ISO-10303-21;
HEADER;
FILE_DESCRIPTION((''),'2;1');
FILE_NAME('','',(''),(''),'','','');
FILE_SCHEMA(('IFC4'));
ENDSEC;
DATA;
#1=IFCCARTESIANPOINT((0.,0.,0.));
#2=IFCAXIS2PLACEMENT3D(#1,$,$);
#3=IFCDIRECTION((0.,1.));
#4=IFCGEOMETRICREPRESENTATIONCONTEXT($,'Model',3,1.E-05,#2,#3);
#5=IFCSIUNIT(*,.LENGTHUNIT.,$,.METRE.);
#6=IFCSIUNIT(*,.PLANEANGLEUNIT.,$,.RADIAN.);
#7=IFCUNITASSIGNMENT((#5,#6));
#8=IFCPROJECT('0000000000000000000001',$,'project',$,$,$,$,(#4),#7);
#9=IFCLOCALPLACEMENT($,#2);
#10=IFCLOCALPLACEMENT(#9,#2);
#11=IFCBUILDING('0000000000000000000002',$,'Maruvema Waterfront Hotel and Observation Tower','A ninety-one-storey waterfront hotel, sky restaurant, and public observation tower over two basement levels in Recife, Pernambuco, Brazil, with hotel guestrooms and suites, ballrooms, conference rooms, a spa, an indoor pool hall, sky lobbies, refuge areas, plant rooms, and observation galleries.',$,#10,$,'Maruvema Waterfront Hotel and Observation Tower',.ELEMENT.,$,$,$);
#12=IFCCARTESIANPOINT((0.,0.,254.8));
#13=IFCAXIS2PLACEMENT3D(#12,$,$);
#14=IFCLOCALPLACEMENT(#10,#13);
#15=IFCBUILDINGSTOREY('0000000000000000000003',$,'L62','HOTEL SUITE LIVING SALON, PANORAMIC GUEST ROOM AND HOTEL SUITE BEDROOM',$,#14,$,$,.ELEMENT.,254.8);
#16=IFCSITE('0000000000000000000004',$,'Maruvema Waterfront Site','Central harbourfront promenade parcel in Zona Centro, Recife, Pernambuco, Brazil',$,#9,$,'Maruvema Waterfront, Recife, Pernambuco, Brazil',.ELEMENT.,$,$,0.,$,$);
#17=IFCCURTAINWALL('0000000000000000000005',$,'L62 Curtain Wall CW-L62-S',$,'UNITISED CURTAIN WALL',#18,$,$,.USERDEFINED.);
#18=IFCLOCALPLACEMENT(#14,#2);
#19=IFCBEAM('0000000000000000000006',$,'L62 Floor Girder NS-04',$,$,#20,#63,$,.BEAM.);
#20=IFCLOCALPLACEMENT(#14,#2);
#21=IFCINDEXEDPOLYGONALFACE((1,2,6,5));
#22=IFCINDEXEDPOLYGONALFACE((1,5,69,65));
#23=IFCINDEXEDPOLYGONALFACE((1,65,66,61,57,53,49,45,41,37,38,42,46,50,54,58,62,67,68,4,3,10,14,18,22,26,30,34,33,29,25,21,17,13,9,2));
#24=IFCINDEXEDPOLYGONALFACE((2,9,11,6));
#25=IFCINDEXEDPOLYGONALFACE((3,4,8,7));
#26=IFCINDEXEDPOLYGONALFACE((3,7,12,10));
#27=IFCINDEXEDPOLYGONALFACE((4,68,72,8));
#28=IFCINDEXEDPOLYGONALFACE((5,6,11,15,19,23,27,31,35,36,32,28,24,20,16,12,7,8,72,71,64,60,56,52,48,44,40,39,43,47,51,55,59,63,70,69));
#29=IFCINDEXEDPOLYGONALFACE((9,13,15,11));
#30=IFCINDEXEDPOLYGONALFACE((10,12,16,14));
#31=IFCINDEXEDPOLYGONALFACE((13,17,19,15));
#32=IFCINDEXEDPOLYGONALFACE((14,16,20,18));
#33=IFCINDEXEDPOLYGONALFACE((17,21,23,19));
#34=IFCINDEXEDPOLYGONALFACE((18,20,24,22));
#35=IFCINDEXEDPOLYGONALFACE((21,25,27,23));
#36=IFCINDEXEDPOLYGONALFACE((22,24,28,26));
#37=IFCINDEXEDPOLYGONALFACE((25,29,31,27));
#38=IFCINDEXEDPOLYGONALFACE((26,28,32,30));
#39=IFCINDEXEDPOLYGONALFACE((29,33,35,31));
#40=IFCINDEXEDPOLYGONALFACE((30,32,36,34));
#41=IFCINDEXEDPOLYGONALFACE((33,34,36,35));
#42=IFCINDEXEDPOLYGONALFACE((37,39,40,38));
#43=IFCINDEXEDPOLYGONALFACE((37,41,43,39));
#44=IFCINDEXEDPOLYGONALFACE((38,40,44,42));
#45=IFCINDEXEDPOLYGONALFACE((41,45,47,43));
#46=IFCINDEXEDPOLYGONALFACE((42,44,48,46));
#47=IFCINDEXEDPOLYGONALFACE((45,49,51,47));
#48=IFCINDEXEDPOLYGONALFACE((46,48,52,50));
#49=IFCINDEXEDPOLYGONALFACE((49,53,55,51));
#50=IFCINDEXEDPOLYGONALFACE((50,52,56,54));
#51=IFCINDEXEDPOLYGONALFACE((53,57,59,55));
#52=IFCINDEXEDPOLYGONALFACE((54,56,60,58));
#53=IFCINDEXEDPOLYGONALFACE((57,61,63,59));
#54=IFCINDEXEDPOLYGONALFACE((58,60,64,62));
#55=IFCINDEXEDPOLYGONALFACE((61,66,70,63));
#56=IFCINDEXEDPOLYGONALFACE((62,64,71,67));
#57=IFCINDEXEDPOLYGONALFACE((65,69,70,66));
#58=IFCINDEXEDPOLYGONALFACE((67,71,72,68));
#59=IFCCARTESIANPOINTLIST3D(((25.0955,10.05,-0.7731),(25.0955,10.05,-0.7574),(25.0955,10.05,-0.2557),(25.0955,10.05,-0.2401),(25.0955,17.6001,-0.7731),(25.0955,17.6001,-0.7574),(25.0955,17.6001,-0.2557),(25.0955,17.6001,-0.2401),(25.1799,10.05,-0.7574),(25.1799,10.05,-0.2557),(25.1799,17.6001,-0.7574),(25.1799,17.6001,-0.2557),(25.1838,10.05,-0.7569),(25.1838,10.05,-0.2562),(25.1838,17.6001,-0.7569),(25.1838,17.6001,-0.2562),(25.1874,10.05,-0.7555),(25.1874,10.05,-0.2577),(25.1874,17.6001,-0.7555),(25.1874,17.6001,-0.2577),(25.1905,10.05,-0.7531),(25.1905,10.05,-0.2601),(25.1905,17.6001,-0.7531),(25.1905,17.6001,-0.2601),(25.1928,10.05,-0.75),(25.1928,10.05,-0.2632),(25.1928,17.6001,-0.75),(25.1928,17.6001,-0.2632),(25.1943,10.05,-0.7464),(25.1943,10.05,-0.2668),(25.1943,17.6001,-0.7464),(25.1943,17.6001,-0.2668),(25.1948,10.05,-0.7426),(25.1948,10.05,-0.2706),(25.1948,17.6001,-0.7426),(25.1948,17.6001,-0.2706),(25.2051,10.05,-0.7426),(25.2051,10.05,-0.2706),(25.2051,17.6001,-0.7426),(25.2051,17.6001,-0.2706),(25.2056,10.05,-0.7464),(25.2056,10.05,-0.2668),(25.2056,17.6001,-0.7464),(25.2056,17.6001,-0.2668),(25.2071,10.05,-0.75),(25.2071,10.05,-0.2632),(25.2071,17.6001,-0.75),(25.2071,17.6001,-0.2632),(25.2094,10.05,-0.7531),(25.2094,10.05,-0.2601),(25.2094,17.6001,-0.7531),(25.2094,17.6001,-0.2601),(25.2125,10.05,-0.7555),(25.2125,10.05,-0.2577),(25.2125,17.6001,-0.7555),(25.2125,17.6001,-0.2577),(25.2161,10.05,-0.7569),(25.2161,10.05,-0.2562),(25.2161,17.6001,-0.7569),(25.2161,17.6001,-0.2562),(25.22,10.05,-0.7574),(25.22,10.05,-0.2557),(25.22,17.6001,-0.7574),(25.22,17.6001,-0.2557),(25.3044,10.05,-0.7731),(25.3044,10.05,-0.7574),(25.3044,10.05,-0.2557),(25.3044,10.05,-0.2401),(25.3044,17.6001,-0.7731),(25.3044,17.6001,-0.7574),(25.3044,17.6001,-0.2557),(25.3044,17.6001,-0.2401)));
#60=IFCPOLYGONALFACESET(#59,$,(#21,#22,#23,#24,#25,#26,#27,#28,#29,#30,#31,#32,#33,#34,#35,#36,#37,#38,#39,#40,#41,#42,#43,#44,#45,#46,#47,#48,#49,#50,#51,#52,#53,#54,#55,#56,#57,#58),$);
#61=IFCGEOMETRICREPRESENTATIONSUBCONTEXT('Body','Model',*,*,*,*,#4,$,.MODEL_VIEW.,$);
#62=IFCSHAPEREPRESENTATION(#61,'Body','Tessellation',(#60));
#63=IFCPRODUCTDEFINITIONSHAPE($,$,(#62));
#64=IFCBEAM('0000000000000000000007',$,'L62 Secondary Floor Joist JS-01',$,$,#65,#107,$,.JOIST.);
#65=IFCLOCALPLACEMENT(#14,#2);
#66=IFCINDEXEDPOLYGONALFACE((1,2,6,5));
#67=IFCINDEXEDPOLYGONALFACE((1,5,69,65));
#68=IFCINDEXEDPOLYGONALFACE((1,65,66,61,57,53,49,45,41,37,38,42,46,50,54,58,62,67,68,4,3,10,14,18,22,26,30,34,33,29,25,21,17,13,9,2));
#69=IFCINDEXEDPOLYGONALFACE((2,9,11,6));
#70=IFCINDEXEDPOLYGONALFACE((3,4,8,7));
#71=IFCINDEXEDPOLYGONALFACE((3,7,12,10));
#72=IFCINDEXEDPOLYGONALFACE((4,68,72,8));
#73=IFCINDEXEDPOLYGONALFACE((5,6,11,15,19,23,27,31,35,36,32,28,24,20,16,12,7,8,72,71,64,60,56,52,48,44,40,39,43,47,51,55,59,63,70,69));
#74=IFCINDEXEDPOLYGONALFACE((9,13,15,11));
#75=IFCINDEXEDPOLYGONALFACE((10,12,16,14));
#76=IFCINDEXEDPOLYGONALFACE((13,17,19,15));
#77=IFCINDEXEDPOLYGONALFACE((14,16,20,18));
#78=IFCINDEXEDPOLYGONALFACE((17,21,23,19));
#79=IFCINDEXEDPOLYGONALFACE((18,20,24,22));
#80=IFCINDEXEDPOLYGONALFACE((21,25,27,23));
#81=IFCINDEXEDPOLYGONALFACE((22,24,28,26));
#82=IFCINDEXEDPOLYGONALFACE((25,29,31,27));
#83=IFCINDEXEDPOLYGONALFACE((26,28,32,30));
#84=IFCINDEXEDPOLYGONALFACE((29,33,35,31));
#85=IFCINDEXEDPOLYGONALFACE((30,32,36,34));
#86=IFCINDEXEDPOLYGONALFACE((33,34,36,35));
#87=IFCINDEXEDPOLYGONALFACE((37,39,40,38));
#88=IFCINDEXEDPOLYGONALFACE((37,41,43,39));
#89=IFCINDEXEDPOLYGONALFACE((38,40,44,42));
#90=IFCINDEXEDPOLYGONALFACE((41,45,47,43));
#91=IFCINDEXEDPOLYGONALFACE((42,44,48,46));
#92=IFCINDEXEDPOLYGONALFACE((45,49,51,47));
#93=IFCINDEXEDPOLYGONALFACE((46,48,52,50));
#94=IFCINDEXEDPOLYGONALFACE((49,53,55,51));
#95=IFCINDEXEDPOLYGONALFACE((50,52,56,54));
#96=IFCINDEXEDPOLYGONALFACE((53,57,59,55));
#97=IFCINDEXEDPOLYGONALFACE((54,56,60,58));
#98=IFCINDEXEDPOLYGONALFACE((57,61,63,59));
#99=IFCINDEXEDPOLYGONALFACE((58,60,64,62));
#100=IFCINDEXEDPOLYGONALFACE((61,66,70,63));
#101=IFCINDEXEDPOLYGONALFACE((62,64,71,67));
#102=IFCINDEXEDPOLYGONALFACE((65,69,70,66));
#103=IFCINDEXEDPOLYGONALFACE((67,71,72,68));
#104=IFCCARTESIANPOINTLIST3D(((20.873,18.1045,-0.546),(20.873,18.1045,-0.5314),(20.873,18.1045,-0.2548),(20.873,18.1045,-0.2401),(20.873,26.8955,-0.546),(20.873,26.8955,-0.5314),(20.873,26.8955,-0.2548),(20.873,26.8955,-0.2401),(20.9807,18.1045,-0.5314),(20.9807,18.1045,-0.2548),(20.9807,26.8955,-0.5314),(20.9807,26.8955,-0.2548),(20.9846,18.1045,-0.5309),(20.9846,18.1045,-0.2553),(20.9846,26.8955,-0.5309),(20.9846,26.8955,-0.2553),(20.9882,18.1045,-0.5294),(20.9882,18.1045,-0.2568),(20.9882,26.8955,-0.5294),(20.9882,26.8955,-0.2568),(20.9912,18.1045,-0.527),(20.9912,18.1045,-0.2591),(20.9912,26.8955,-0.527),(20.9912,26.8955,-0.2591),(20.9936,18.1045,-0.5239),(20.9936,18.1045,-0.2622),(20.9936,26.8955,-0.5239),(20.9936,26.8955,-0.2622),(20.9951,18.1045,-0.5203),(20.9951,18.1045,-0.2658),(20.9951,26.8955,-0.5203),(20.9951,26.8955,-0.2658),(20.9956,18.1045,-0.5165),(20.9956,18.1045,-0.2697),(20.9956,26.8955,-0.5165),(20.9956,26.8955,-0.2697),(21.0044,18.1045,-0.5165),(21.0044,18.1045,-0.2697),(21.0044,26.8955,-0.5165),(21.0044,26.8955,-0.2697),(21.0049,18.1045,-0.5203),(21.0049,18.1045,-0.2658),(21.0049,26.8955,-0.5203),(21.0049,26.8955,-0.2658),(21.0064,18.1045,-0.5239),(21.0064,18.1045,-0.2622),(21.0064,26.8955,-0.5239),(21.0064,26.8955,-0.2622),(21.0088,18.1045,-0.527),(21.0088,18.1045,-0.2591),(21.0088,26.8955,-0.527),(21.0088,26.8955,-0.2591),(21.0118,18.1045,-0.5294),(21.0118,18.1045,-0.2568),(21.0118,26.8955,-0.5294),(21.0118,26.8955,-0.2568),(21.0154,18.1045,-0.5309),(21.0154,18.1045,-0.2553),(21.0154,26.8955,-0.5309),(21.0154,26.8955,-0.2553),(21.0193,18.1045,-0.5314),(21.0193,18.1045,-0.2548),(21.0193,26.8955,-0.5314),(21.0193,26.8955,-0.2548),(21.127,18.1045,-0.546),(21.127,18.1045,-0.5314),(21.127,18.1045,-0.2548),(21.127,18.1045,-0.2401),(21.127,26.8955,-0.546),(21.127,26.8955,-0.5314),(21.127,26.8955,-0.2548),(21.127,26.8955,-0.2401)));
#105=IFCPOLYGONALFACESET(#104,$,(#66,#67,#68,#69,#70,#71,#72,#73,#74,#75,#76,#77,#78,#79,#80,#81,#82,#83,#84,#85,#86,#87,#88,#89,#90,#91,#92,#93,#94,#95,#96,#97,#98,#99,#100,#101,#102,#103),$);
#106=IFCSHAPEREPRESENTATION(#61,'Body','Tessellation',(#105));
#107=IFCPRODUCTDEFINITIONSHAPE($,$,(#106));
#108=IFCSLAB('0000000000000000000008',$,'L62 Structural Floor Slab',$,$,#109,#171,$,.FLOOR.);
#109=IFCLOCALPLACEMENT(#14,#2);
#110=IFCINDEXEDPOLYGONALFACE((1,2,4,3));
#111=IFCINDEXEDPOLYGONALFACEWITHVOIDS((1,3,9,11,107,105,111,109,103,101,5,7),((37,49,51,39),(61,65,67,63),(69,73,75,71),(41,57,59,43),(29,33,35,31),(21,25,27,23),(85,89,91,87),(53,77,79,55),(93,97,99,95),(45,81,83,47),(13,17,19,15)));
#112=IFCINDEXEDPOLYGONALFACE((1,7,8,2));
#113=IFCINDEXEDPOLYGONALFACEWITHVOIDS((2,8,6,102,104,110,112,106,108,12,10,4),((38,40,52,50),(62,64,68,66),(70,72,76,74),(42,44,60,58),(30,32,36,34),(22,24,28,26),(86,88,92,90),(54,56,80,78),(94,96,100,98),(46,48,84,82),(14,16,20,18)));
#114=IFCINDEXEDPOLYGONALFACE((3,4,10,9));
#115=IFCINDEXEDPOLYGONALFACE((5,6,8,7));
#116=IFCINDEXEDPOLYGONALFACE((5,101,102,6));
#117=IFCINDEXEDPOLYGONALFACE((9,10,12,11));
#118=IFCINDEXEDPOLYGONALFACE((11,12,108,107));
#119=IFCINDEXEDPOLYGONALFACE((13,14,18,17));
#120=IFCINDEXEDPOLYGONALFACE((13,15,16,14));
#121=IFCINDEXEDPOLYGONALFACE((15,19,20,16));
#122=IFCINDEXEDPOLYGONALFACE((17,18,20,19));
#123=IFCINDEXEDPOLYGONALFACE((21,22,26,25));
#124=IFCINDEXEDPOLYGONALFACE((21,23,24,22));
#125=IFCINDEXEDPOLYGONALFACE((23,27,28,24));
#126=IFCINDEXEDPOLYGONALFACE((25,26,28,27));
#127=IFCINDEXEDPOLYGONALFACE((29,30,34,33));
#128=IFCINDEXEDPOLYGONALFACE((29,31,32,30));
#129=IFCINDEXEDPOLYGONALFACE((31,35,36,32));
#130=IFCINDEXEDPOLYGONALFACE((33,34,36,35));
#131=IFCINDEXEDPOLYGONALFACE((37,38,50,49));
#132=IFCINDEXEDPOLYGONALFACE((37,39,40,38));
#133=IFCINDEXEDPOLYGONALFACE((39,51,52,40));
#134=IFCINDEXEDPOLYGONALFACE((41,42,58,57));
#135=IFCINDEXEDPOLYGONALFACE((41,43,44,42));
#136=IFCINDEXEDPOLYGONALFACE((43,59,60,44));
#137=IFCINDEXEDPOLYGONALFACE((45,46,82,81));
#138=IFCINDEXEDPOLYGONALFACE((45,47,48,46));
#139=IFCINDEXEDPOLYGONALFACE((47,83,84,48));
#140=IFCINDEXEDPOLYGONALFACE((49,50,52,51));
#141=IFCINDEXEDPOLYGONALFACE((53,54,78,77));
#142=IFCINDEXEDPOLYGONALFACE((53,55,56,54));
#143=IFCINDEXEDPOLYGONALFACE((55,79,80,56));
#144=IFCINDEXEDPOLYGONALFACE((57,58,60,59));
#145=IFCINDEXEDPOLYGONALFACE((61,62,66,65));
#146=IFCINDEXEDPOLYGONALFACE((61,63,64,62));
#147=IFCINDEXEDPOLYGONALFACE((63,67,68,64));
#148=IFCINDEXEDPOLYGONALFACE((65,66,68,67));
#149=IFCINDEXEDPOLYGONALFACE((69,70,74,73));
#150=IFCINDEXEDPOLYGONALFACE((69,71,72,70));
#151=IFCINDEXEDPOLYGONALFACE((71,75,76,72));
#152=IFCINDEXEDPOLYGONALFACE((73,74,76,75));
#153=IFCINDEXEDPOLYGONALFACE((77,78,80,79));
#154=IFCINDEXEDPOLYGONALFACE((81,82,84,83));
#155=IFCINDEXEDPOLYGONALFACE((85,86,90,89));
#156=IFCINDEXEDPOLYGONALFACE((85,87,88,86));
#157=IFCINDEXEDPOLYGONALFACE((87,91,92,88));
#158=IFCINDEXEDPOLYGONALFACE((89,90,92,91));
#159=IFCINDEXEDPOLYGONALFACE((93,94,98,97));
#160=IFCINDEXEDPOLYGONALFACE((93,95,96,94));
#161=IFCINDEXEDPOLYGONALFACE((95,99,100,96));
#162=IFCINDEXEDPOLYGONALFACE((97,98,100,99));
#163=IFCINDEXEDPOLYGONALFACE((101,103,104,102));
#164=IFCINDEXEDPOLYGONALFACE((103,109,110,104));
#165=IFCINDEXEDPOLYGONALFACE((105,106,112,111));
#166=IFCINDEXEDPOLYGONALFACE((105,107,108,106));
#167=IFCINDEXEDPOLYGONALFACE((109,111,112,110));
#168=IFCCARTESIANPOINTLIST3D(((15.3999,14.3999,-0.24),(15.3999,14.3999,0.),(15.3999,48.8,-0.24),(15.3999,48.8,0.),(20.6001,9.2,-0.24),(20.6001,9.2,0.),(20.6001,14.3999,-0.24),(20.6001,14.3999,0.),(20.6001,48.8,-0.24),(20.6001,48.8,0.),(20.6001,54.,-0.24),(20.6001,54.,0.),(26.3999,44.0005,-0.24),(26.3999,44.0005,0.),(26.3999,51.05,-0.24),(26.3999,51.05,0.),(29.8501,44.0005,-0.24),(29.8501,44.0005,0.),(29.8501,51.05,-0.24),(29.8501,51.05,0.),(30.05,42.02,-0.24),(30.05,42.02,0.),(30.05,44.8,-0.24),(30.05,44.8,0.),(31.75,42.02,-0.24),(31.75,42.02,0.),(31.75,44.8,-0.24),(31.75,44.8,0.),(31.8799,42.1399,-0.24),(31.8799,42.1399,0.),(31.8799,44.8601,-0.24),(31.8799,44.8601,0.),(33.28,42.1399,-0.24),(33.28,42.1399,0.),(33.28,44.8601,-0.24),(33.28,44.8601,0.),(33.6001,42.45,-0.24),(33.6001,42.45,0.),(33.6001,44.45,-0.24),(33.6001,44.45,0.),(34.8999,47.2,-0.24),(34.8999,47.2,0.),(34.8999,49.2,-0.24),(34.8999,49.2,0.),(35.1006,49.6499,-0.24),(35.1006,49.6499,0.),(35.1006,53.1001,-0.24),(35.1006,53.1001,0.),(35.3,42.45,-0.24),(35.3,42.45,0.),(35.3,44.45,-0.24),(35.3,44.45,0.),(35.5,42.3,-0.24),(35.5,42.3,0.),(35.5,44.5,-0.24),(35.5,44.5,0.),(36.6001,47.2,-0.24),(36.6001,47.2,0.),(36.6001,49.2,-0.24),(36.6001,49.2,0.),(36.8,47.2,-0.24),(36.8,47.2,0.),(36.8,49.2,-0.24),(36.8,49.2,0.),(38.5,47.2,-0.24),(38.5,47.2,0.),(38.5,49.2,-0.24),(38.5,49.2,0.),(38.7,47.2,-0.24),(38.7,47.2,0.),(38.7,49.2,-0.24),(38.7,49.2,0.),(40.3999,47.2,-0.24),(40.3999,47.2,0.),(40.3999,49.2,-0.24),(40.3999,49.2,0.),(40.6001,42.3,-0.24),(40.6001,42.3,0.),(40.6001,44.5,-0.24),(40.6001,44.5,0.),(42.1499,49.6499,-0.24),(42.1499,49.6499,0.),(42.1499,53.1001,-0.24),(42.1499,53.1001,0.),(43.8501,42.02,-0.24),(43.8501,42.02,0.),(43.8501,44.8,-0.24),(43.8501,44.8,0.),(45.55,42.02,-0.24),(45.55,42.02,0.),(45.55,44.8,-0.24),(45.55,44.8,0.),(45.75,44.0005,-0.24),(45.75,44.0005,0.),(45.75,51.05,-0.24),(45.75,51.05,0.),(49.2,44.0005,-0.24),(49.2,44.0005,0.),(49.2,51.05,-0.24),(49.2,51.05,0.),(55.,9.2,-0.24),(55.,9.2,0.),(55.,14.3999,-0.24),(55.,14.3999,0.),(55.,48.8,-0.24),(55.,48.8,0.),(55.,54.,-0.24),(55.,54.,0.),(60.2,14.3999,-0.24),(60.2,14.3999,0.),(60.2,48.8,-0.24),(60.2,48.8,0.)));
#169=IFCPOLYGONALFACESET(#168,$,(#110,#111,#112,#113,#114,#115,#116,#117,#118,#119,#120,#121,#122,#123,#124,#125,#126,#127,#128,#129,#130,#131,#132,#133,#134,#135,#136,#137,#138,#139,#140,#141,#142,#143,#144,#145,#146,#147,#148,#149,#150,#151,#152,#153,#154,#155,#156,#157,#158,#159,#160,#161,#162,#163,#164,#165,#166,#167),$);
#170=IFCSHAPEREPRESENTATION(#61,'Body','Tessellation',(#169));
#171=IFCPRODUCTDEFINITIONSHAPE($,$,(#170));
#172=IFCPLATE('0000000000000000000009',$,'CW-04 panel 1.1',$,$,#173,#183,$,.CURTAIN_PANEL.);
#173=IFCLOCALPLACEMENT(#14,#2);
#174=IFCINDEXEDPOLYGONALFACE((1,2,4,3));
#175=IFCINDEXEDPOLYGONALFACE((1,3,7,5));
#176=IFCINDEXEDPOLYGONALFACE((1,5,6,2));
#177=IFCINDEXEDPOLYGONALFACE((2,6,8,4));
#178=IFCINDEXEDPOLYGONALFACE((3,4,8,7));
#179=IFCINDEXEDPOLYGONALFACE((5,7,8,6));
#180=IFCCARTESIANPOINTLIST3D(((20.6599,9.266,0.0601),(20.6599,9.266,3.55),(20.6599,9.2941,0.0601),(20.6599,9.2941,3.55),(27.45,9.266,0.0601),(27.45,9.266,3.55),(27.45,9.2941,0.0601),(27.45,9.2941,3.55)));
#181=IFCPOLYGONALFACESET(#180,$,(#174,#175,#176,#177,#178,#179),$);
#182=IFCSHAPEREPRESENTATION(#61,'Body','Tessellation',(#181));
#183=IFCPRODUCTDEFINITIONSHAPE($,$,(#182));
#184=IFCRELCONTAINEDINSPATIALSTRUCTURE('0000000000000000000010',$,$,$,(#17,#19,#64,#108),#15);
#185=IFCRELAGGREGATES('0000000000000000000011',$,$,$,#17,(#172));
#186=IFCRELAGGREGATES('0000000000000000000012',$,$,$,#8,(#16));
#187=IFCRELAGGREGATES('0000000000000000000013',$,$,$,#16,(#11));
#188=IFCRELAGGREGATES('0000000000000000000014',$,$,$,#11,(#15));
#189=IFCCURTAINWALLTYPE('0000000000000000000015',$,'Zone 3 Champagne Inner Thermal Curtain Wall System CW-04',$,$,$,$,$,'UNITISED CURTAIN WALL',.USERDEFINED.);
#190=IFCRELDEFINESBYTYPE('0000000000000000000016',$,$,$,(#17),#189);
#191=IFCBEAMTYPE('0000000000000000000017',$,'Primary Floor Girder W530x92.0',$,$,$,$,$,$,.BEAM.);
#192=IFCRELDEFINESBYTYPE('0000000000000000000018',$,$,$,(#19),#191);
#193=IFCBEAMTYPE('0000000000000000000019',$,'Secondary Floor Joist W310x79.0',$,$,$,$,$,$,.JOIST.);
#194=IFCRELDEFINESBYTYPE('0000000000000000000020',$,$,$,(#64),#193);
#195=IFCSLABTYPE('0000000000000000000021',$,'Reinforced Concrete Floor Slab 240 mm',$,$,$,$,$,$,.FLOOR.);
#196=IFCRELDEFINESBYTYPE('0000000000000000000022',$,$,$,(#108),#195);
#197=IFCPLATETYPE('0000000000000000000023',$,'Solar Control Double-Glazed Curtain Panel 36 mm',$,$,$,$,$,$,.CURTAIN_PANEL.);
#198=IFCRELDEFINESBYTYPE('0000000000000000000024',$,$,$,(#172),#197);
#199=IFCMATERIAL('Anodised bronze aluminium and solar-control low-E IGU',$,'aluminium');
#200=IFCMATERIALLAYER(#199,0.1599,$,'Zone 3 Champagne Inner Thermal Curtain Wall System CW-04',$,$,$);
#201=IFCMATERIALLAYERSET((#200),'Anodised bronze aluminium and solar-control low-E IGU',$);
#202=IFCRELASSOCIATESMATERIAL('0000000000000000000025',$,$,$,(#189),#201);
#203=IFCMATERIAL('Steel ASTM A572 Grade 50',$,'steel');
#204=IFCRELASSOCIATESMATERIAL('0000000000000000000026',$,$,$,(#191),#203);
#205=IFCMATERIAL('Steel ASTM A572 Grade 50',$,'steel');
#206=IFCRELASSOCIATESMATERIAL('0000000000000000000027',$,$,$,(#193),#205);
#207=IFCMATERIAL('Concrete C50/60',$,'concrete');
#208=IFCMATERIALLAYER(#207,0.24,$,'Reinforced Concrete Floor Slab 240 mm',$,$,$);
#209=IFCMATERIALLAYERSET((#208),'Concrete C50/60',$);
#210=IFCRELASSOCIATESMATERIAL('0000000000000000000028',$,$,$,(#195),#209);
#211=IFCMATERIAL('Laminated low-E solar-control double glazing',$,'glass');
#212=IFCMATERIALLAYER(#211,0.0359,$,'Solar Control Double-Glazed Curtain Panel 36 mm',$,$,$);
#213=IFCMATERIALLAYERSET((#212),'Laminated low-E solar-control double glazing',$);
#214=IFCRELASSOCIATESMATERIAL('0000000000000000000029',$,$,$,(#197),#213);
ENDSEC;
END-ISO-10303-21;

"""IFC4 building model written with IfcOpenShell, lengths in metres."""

from ifc_helpers import new_model, si_unit, direction, frame, origin, origin_2d, place, context, subcontext, project, spatial, polyline, rectangle, i_section, outline, extrude, material, layer, layer_set, material_profile, profile_set, type_object, element, aggregate, save


model = new_model("IFC4")

# Units and contexts
model_context = context("Model", 3, precision=1e-05, world=origin(), true_north=direction((0.0, 1.0)))
body_context = subcontext(model_context, "Body", "Model", "MODEL_VIEW")
ifc_project = project(units=[si_unit("LENGTHUNIT", "METRE"), si_unit("PLANEANGLEUNIT", "RADIAN")], contexts=[model_context])

# Site, building, storey
site_placement = place(None, origin())
site = spatial("IfcSite", under=ifc_project, at=site_placement, Name="Maruvema Waterfront Site", Description="Central harbourfront promenade parcel in Zona Centro, Recife, Pernambuco, Brazil", LongName="Maruvema Waterfront, Recife, Pernambuco, Brazil", CompositionType="ELEMENT", RefElevation=0.0)
building_placement = place(site_placement, origin())
building = spatial("IfcBuilding", under=site, at=building_placement, Name="Maruvema Waterfront Hotel and Observation Tower", Description="A ninety-one-storey waterfront hotel, sky restaurant, and public observation tower over two basement levels in Recife, Pernambuco, Brazil, with hotel guestrooms and suites, ballrooms, conference rooms, a spa, an indoor pool hall, sky lobbies, refuge areas, plant rooms, and observation galleries.", LongName="Maruvema Waterfront Hotel and Observation Tower", CompositionType="ELEMENT")
storey_placement = place(building_placement, frame((0.0, 0.0, 254.8)))
storey = spatial("IfcBuildingStorey", under=building, at=storey_placement, Name="L62", Description="HOTEL SUITE LIVING SALON, PANORAMIC GUEST ROOM AND HOTEL SUITE BEDROOM", CompositionType="ELEMENT", Elevation=254.8)

# Curtain wall
ifc_material_1 = material(Name="Anodised bronze aluminium and solar-control low-E IGU", Category="aluminium")
ifc_layer_1 = layer(ifc_material_1, 0.1599, Name="Zone 3 Champagne Inner Thermal Curtain Wall System CW-04")
ifc_layer_set_1 = layer_set([ifc_layer_1], Name="Anodised bronze aluminium and solar-control low-E IGU")
curtain_wall_type = type_object("IfcCurtainWallType", Name="Zone 3 Champagne Inner Thermal Curtain Wall System CW-04", ElementType="UNITISED CURTAIN WALL", PredefinedType="USERDEFINED", material=ifc_layer_set_1)
curtain_wall_1_placement = place(storey_placement, origin())
curtain_wall_1 = element("IfcCurtainWall", 1, at=curtain_wall_1_placement, inside=storey, type_object=curtain_wall_type, Name="L62 Curtain Wall CW-L62-S", ObjectType="UNITISED CURTAIN WALL", PredefinedType="USERDEFINED")

# Beams
ifc_material_2 = material(Name="Steel ASTM A572 Grade 50", Category="steel")
ifc_material_profile_1 = material_profile(ifc_material_2, i_section(OverallWidth=0.209, OverallDepth=0.533, WebThickness=0.0103, FlangeThickness=0.0156, FilletRadius=0.0149, at=origin_2d()), Name="W530x92.0")
ifc_profile_set_1 = profile_set([ifc_material_profile_1], Name="Steel ASTM A572 Grade 50")
beam_type_1 = type_object("IfcBeamType", Name="Primary Floor Girder W530x92.0", PredefinedType="BEAM", material=ifc_profile_set_1)
beam_1_placement = place(storey_placement, frame((25.2, 10.05, -0.5066), z_axis=(0.0, 1.0, 0.0), x_axis=(-1.0, 0.0, 0.0)))
element("IfcBeam", 2, at=beam_1_placement, inside=storey, type_object=beam_type_1, Name="L62 Floor Girder NS-04", PredefinedType="BEAM", context=body_context, shape_type="SweptSolid", body=[
    extrude(i_section(OverallWidth=0.209, OverallDepth=0.533, WebThickness=0.0103, FlangeThickness=0.0156, FilletRadius=0.0149, at=origin_2d()), origin(), (0.0, 0.0, 1.0), 7.55),
])
ifc_material_3 = material(Name="Steel ASTM A572 Grade 50", Category="steel")
ifc_material_profile_2 = material_profile(ifc_material_3, i_section(OverallWidth=0.2539, OverallDepth=0.3059, WebThickness=0.0088, FlangeThickness=0.0146, FilletRadius=0.0149, at=origin_2d()), Name="W310x79.0")
ifc_profile_set_2 = profile_set([ifc_material_profile_2], Name="Steel ASTM A572 Grade 50")
beam_type_2 = type_object("IfcBeamType", Name="Secondary Floor Joist W310x79.0", PredefinedType="JOIST", material=ifc_profile_set_2)
beam_2_placement = place(storey_placement, frame((21.0, 18.1045, -0.3931), z_axis=(0.0, 1.0, 0.0), x_axis=(-1.0, 0.0, 0.0)))
element("IfcBeam", 3, at=beam_2_placement, inside=storey, type_object=beam_type_2, Name="L62 Secondary Floor Joist JS-01", PredefinedType="JOIST", context=body_context, shape_type="SweptSolid", body=[
    extrude(i_section(OverallWidth=0.2539, OverallDepth=0.3059, WebThickness=0.0088, FlangeThickness=0.0146, FilletRadius=0.0149, at=origin_2d()), origin(), (0.0, 0.0, 1.0), 8.791),
])

# Slab
ifc_material_4 = material(Name="Concrete C50/60", Category="concrete")
ifc_layer_2 = layer(ifc_material_4, 0.24, Name="Reinforced Concrete Floor Slab 240 mm")
ifc_layer_set_2 = layer_set([ifc_layer_2], Name="Concrete C50/60")
slab_type_1 = type_object("IfcSlabType", Name="Reinforced Concrete Floor Slab 240 mm", PredefinedType="FLOOR", material=ifc_layer_set_2)
slab_1_placement = place(storey_placement, frame((0.0, 0.0, -0.24)))
element("IfcSlab", 4, at=slab_1_placement, inside=storey, type_object=slab_type_1, Name="L62 Structural Floor Slab", PredefinedType="FLOOR", context=body_context, shape_type="SweptSolid", body=[
    extrude(outline(polyline([(20.6001, 9.2), (55.0, 9.2), (55.0, 14.3999), (60.2, 14.3999), (60.2, 48.8), (55.0, 48.8), (55.0, 54.0), (20.6001, 54.0), (20.6001, 48.8), (15.3999, 48.8), (15.3999, 14.3999), (20.6001, 14.3999), (20.6001, 9.2)]), holes=[polyline([(26.3999, 44.0005), (26.3999, 51.05), (29.8501, 51.05), (29.8501, 44.0005), (26.3999, 44.0005)]), polyline([(30.05, 44.8), (31.75, 44.8), (31.75, 42.02), (30.05, 42.02), (30.05, 44.8)]), polyline([(31.8799, 42.1399), (31.8799, 44.8601), (33.28, 44.8601), (33.28, 42.1399), (31.8799, 42.1399)]), polyline([(33.6001, 44.45), (35.3, 44.45), (35.3, 42.45), (33.6001, 42.45), (33.6001, 44.45)]), polyline([(34.8999, 49.2), (36.6001, 49.2), (36.6001, 47.2), (34.8999, 47.2), (34.8999, 49.2)]), polyline([(36.8, 47.2), (36.8, 49.2), (38.5, 49.2), (38.5, 47.2), (36.8, 47.2)]), polyline([(35.5, 42.3), (35.5, 44.5), (40.6001, 44.5), (40.6001, 42.3), (35.5, 42.3)]), polyline([(35.1006, 53.1001), (42.1499, 53.1001), (42.1499, 49.6499), (35.1006, 49.6499), (35.1006, 53.1001)]), polyline([(38.7, 49.2), (40.3999, 49.2), (40.3999, 47.2), (38.7, 47.2), (38.7, 49.2)]), polyline([(43.8501, 44.8), (45.55, 44.8), (45.55, 42.02), (43.8501, 42.02), (43.8501, 44.8)]), polyline([(45.75, 44.0005), (45.75, 51.05), (49.2, 51.05), (49.2, 44.0005), (45.75, 44.0005)])]), origin(), (0.0, 0.0, 1.0), 0.24),
])

# Plate
ifc_material_5 = material(Name="Laminated low-E solar-control double glazing", Category="glass")
ifc_layer_3 = layer(ifc_material_5, 0.0359, Name="Solar Control Double-Glazed Curtain Panel 36 mm")
ifc_layer_set_3 = layer_set([ifc_layer_3], Name="Laminated low-E solar-control double glazing")
plate_type = type_object("IfcPlateType", Name="Solar Control Double-Glazed Curtain Panel 36 mm", PredefinedType="CURTAIN_PANEL", material=ifc_layer_set_3)
plate_1_placement = place(storey_placement, frame((24.0549, 9.28, 0.0601), z_axis=(0.0, 0.0, 1.0), x_axis=(1.0, 0.0, 0.0)))
plate_1 = element("IfcPlate", 5, at=plate_1_placement, type_object=plate_type, Name="CW-04 panel 1.1", PredefinedType="CURTAIN_PANEL", context=body_context, shape_type="SweptSolid", body=[
    extrude(rectangle(XDim=6.79, YDim=0.0281, at=origin_2d()), origin(), (0.0, 0.0, 1.0), 3.49),
])
aggregate(curtain_wall_1, [plate_1])

save(model, "model.ifc")
